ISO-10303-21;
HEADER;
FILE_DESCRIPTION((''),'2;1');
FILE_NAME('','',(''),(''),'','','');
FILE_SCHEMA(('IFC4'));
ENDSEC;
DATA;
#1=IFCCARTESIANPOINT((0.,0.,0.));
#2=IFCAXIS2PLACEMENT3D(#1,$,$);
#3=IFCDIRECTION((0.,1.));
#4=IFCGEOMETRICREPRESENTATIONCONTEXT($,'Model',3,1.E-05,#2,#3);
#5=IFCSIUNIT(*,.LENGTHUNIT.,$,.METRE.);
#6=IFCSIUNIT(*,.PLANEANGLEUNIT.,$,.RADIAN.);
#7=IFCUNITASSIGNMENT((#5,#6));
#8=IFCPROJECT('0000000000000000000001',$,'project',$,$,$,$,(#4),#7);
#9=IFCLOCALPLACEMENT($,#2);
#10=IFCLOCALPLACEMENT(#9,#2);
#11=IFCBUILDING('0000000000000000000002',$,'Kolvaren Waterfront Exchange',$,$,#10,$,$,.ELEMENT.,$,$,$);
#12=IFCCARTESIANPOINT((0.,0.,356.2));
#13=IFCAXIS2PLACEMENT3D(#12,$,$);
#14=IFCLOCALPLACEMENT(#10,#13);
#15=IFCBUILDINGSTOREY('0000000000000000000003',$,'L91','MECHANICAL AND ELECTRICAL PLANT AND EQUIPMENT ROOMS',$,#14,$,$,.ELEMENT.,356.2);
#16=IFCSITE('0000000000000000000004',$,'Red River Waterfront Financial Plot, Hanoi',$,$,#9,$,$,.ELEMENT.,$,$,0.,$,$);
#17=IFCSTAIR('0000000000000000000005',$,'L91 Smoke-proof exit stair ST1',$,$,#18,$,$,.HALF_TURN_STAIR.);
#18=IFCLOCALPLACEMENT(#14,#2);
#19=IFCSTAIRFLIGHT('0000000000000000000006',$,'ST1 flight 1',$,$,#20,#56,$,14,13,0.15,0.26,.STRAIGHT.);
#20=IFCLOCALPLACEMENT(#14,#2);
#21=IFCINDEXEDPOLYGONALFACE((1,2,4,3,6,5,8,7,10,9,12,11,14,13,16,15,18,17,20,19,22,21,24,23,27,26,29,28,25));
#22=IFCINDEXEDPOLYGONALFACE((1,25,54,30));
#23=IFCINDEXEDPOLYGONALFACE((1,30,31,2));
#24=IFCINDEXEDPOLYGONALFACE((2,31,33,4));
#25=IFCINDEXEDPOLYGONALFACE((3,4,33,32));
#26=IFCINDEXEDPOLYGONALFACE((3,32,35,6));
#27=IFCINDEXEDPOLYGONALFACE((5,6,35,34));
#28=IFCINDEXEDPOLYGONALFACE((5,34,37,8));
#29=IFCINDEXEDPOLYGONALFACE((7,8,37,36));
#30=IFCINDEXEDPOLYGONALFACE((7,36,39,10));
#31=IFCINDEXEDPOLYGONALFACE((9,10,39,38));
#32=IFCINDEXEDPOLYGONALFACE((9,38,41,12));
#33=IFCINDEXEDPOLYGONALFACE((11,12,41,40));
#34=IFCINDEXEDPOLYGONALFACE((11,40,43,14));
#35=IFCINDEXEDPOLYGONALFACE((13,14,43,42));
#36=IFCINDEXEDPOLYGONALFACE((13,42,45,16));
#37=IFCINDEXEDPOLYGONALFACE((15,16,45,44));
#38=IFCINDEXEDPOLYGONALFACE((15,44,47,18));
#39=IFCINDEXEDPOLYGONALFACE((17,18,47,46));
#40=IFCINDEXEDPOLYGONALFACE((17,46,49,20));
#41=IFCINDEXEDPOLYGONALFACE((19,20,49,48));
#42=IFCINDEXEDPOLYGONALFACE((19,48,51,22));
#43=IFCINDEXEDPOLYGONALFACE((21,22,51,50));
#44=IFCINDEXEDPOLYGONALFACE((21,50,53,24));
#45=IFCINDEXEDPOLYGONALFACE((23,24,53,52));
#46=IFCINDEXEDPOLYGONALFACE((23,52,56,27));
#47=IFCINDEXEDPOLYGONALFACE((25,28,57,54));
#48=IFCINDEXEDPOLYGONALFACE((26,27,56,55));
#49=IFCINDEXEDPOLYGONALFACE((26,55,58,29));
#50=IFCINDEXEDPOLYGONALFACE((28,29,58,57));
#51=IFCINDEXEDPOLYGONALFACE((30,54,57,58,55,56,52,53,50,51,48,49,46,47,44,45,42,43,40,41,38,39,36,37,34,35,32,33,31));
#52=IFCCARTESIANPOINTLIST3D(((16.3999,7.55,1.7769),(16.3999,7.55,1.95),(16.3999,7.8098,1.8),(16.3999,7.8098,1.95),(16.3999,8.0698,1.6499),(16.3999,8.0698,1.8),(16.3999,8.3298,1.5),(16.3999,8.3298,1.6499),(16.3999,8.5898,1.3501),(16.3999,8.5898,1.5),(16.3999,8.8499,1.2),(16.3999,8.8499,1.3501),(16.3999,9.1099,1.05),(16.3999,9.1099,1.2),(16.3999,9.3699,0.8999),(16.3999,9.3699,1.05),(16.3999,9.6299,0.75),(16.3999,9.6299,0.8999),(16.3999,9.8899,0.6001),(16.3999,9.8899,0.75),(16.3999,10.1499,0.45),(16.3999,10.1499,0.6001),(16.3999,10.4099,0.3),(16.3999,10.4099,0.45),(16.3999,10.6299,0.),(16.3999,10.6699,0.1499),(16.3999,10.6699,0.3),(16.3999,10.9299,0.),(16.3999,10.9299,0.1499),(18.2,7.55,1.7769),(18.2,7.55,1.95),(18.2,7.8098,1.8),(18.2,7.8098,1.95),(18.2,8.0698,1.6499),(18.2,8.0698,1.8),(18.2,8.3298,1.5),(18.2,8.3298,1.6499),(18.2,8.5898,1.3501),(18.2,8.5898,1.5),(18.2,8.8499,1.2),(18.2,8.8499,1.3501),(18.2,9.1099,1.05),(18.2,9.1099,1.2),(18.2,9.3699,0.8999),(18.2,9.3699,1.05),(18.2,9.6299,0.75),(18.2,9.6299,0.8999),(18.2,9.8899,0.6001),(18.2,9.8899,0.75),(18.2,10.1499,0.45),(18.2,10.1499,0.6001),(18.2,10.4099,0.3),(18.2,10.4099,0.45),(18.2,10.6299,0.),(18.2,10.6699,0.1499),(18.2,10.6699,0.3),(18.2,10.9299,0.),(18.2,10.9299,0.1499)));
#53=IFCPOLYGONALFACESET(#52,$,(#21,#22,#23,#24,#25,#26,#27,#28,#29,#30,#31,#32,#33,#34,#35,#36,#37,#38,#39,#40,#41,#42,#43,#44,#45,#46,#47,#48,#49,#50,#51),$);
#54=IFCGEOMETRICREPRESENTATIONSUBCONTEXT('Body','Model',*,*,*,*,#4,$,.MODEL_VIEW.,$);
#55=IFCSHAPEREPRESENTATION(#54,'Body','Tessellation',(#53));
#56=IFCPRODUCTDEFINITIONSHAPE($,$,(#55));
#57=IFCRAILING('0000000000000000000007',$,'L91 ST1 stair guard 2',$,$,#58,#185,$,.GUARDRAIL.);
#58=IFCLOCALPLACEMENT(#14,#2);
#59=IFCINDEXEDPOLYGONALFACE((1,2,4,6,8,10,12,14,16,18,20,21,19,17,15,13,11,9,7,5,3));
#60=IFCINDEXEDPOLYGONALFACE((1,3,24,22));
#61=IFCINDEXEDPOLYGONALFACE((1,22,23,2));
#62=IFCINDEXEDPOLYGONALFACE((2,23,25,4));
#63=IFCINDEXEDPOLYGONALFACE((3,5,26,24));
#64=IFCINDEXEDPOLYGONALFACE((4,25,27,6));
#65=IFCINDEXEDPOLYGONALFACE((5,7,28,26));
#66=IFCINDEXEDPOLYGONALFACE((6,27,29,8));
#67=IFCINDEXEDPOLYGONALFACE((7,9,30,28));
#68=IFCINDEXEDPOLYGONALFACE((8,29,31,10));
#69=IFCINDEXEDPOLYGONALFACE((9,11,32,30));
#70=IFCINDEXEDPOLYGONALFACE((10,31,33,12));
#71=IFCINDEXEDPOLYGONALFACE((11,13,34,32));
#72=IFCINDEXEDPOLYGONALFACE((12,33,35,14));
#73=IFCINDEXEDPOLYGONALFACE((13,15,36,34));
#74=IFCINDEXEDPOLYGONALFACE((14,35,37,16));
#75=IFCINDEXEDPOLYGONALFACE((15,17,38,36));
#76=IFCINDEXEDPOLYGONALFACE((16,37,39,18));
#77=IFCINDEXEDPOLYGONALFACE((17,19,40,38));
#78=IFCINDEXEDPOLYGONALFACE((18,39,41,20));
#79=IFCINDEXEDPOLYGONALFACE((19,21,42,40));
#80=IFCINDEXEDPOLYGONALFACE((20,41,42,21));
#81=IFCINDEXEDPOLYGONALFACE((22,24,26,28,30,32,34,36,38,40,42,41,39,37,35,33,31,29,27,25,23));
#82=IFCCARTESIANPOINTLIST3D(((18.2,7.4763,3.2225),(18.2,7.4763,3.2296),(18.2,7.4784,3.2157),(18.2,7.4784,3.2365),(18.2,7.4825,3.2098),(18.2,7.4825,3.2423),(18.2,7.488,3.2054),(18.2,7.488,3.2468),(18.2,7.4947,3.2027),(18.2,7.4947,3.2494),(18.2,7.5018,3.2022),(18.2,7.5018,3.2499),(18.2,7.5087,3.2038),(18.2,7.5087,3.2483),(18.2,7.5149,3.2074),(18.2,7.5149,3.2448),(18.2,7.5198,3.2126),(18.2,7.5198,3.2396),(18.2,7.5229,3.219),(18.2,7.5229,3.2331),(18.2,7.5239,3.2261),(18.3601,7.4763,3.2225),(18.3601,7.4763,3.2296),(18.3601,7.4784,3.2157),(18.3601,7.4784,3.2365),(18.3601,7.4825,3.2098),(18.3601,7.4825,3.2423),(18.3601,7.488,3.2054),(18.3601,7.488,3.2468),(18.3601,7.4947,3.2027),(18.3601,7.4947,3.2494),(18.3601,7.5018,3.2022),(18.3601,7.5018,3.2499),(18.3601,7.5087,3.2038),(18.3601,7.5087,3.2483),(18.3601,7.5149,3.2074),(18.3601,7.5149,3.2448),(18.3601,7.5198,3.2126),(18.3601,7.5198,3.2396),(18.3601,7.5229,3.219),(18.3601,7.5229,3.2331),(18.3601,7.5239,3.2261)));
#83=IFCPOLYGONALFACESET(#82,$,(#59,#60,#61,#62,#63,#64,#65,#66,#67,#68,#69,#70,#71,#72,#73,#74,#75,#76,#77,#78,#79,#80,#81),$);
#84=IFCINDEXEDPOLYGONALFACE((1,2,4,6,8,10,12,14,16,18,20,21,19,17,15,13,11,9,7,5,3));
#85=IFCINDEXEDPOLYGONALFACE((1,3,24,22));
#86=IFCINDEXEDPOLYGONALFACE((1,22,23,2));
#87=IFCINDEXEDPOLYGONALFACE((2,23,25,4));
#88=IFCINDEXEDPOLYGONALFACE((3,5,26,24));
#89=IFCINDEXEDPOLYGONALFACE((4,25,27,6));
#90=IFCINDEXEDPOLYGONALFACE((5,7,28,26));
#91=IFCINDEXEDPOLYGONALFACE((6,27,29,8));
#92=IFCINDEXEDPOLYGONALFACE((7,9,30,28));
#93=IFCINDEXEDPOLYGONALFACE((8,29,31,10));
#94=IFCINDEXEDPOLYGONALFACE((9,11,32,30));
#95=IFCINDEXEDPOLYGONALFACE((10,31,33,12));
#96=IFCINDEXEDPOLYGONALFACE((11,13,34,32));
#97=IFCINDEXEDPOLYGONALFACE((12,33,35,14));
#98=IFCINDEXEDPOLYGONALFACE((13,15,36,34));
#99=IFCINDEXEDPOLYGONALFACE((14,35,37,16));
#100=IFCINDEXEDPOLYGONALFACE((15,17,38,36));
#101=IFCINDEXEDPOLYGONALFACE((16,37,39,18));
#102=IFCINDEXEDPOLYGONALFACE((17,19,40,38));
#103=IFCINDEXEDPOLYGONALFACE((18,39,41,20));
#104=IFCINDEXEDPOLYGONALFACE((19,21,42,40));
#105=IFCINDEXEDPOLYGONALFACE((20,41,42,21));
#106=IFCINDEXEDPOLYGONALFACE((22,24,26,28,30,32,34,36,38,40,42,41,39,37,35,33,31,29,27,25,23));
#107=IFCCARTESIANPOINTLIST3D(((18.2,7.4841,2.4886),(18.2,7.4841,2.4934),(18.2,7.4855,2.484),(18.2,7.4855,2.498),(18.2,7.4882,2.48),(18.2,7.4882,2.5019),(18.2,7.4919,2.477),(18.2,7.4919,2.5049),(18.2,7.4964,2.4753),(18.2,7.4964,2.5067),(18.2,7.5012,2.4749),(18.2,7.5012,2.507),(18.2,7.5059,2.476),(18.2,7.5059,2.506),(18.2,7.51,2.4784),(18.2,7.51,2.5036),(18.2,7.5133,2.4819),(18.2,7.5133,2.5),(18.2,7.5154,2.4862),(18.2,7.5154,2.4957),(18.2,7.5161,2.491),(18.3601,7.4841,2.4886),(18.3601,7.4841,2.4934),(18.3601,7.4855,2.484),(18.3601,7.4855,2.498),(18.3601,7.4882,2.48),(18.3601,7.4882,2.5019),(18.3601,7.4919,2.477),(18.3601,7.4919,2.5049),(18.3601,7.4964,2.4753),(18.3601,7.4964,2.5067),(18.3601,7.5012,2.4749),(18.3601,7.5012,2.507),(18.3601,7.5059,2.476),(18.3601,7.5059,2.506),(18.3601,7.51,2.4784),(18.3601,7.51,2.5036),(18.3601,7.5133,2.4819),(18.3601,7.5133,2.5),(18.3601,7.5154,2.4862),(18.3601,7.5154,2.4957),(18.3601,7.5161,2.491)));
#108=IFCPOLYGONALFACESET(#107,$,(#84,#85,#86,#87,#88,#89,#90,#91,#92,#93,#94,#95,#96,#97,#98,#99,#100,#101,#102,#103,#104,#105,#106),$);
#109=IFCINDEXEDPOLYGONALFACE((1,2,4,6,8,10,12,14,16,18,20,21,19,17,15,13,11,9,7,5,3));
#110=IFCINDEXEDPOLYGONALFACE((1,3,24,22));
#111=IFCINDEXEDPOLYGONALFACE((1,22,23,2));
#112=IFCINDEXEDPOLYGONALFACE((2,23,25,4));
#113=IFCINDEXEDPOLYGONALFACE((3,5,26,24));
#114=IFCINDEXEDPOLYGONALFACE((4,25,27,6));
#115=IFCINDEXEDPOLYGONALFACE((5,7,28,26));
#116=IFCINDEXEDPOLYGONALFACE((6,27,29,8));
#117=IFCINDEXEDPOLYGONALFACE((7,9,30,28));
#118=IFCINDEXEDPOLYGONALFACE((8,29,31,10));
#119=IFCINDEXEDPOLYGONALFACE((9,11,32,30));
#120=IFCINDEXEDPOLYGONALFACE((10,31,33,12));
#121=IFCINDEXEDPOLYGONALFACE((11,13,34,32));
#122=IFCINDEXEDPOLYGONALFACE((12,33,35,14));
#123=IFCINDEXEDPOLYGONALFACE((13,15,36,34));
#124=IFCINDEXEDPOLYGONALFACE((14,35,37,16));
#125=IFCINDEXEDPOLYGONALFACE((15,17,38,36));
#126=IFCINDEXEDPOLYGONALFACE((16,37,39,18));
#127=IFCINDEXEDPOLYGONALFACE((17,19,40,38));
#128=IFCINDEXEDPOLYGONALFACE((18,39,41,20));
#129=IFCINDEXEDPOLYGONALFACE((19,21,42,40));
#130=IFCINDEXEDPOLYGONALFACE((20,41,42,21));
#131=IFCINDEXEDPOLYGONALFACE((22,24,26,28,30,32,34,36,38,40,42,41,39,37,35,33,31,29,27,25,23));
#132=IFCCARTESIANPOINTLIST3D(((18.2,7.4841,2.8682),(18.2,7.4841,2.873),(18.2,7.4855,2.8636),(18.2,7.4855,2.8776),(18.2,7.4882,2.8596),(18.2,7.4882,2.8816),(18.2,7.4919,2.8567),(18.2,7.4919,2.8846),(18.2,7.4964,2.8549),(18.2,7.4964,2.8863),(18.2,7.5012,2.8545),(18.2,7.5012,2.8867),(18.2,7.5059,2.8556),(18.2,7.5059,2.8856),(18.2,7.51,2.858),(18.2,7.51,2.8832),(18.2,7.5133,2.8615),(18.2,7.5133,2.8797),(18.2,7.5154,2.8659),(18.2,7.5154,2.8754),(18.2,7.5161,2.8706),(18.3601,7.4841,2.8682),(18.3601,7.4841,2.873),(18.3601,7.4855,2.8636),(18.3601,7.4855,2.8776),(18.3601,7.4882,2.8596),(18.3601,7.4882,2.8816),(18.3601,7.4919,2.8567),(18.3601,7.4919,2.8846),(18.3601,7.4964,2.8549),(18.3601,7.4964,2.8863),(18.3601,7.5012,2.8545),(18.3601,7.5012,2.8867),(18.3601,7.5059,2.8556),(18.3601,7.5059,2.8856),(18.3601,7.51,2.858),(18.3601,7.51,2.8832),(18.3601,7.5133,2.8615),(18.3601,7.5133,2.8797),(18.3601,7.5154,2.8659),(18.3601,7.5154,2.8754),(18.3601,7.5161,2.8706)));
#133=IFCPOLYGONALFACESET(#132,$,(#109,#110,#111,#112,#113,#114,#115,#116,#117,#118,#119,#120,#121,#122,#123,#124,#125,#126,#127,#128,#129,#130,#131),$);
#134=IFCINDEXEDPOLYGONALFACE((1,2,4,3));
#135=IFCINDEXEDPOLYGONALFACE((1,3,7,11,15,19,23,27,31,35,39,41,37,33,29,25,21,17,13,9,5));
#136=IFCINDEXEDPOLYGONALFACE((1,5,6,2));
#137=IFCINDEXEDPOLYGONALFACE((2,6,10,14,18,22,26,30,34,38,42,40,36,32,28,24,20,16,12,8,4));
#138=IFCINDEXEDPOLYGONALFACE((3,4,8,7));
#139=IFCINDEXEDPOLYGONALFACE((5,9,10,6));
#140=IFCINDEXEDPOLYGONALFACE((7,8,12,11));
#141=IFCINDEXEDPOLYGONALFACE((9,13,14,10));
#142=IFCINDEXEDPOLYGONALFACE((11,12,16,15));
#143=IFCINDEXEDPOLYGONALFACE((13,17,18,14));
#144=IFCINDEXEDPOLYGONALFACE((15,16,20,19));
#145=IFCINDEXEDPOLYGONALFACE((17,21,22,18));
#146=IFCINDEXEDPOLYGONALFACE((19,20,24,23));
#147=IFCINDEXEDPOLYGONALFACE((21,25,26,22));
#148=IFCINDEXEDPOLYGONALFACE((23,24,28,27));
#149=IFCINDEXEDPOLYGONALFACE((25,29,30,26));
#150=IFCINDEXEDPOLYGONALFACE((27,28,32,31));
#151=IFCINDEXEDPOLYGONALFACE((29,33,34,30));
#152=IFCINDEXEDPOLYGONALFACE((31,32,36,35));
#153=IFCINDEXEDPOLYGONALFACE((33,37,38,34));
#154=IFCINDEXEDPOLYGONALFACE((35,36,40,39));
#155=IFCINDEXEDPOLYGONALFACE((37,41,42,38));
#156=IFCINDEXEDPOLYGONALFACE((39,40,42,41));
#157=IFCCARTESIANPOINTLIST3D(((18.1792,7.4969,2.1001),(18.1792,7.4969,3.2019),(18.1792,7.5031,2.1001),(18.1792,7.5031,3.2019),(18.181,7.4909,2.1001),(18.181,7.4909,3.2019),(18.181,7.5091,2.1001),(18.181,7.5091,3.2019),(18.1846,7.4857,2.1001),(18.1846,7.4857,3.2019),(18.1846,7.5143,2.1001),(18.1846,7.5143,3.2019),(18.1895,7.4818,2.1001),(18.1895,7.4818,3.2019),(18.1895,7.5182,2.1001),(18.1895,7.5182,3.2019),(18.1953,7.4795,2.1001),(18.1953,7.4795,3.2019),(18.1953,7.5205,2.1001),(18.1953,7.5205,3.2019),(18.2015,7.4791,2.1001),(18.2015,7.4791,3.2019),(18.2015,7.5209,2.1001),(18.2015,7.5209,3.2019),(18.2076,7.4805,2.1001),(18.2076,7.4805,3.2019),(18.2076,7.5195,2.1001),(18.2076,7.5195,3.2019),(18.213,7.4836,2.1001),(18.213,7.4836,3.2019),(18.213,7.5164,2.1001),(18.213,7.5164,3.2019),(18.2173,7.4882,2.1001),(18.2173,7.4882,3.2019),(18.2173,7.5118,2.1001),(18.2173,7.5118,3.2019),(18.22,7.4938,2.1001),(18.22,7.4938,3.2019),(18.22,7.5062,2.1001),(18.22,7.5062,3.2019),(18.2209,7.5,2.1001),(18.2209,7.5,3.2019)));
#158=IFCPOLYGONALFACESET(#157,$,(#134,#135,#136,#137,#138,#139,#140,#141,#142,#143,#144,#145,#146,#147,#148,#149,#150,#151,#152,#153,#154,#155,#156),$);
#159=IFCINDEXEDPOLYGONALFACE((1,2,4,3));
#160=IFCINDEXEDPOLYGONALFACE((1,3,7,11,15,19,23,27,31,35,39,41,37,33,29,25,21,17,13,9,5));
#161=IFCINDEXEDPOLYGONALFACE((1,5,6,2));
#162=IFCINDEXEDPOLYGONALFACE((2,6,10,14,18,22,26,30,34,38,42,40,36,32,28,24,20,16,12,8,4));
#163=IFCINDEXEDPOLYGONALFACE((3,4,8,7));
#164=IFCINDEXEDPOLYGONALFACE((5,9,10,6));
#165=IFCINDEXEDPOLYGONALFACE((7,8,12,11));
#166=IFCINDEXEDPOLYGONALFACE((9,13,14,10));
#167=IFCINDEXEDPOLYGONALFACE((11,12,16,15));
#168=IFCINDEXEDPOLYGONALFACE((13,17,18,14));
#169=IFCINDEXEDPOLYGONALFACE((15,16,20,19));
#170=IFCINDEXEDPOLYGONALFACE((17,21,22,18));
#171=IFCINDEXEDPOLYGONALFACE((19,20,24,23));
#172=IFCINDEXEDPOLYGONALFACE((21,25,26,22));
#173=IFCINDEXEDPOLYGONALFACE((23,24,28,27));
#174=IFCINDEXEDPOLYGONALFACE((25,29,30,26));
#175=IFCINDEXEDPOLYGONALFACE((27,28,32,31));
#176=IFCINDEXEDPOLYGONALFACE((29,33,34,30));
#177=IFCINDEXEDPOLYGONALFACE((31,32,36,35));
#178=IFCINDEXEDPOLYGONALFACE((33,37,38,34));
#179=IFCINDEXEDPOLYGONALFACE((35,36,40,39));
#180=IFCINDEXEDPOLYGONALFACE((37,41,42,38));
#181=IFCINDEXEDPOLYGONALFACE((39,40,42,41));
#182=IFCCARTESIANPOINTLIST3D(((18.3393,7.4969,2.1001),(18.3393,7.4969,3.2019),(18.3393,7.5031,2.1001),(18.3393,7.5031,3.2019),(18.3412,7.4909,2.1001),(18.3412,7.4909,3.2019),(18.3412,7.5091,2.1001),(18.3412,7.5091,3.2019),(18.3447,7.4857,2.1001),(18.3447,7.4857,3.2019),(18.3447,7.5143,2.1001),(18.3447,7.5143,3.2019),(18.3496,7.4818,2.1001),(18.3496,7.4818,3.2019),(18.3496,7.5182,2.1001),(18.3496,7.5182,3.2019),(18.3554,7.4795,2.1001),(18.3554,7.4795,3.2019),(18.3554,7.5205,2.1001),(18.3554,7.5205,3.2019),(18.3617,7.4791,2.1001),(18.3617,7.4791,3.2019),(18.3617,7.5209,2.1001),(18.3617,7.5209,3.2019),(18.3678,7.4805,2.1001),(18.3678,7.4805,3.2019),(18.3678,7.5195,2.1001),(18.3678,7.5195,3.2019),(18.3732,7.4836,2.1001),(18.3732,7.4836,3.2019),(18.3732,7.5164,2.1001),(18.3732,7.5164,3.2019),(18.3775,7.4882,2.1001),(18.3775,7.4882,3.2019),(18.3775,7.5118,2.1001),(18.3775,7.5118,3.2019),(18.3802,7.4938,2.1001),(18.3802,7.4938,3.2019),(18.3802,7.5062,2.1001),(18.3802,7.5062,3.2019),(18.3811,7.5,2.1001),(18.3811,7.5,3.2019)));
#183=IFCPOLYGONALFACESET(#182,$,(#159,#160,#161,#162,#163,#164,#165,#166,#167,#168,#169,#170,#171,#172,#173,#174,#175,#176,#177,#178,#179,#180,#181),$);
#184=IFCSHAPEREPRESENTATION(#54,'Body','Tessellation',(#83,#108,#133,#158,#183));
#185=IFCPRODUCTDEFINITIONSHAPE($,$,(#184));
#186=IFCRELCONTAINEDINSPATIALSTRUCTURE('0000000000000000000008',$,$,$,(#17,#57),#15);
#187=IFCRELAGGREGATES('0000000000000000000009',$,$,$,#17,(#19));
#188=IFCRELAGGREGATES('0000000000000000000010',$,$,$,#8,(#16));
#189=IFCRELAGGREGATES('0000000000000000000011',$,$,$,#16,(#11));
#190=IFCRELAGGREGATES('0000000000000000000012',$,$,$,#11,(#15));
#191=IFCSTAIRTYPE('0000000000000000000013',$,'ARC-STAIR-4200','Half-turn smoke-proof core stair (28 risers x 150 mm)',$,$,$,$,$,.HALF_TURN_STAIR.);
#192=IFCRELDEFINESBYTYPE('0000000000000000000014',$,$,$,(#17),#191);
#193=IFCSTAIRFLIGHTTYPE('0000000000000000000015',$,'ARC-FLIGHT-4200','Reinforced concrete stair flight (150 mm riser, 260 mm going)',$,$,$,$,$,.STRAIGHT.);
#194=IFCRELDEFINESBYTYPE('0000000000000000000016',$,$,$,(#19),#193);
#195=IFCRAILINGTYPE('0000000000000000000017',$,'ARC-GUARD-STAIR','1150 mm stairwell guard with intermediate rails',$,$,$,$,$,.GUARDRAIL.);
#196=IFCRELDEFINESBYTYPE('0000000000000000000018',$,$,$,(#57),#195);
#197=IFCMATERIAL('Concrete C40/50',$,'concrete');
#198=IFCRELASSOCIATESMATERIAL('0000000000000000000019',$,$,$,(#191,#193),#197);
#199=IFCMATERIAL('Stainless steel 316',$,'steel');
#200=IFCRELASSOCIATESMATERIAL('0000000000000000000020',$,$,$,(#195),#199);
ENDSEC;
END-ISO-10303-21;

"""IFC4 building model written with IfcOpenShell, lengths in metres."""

from ifc_helpers import new_model, si_unit, direction, frame, origin, origin_2d, place, context, subcontext, project, spatial, polyline, circle, outline, extrude, material, type_object, element, aggregate, save


model = new_model("IFC4")

# Units and contexts
model_context = context("Model", 3, precision=1e-05, world=origin(), true_north=direction((0.0, 1.0)))
body_context = subcontext(model_context, "Body", "Model", "MODEL_VIEW")
ifc_project = project(units=[si_unit("LENGTHUNIT", "METRE"), si_unit("PLANEANGLEUNIT", "RADIAN")], contexts=[model_context])

# Site, building, storey
site_placement = place(None, origin())
site = spatial("IfcSite", under=ifc_project, at=site_placement, Name="Red River Waterfront Financial Plot, Hanoi", CompositionType="ELEMENT", RefElevation=0.0)
building_placement = place(site_placement, origin())
building = spatial("IfcBuilding", under=site, at=building_placement, Name="Kolvaren Waterfront Exchange", CompositionType="ELEMENT")
storey_placement = place(building_placement, frame((0.0, 0.0, 356.2)))
storey = spatial("IfcBuildingStorey", under=building, at=storey_placement, Name="L91", Description="MECHANICAL AND ELECTRICAL PLANT AND EQUIPMENT ROOMS", CompositionType="ELEMENT", Elevation=356.2)

# Shared definitions
ifc_material_1 = material(Name="Concrete C40/50", Category="concrete")

# Stair, stair flight
stair_type = type_object("IfcStairType", Name="ARC-STAIR-4200", Description="Half-turn smoke-proof core stair (28 risers x 150 mm)", PredefinedType="HALF_TURN_STAIR", material=ifc_material_1)
stair_placement = place(storey_placement, origin())
stair = element("IfcStair", 1, at=stair_placement, inside=storey, type_object=stair_type, Name="L91 Smoke-proof exit stair ST1", PredefinedType="HALF_TURN_STAIR")
stair_flight_type = type_object("IfcStairFlightType", Name="ARC-FLIGHT-4200", Description="Reinforced concrete stair flight (150 mm riser, 260 mm going)", PredefinedType="STRAIGHT", material=ifc_material_1)
stair_flight_placement = place(storey_placement, frame((17.3, 10.9299, 0.0), z_axis=(0.0, 0.0, 1.0), x_axis=(0.0, -1.0, 0.0)))
stair_flight = element("IfcStairFlight", 2, at=stair_flight_placement, type_object=stair_flight_type, Name="ST1 flight 1", NumberOfRisers=14, NumberOfTreads=13, PredefinedType="STRAIGHT", RiserHeight=0.15, TreadLength=0.26, context=body_context, shape_type="SweptSolid", body=[
    extrude(outline(polyline([(0.0, 0.0), (0.0, 0.1499), (0.26, 0.1499), (0.26, 0.3), (0.52, 0.3), (0.52, 0.45), (0.78, 0.45), (0.78, 0.6001), (1.04, 0.6001), (1.04, 0.75), (1.3, 0.75), (1.3, 0.8999), (1.5601, 0.8999), (1.5601, 1.05), (1.8201, 1.05), (1.8201, 1.2), (2.0801, 1.2), (2.0801, 1.3501), (2.3401, 1.3501), (2.3401, 1.5), (2.6001, 1.5), (2.6001, 1.6499), (2.8601, 1.6499), (2.8601, 1.8), (3.1201, 1.8), (3.1201, 1.95), (3.3799, 1.95), (3.3799, 2.1001), (3.3799, 1.7769), (0.3, 0.0), (0.0, 0.0)])), frame((0.0, 0.8999, 0.0), z_axis=(0.0, -1.0, 0.0), x_axis=(1.0, 0.0, 0.0)), (0.0, 0.0, 1.0), 1.8),
])
aggregate(stair, [stair_flight])

# Railing
ifc_material_2 = material(Name="Stainless steel 316", Category="steel")
railing_type_1 = type_object("IfcRailingType", Name="ARC-GUARD-STAIR", Description="1150 mm stairwell guard with intermediate rails", PredefinedType="GUARDRAIL", material=ifc_material_2)
for number, where, name in (
    (3, (18.2, 7.5, 2.1001), "L91 ST1 stair guard 2"),
):
    element("IfcRailing", number, at=place(storey_placement, frame(where)), inside=storey, type_object=railing_type_1, Name=name, PredefinedType="GUARDRAIL", context=body_context, shape_type="SweptSolid", body=[
        extrude(circle(Radius=0.0239, at=origin_2d()), frame((0.0, 0.0, 1.126), z_axis=(1.0, 0.0, 0.0), x_axis=(0.0, 1.0, 0.0)), (0.0, 0.0, 1.0), 0.1602),
        extrude(circle(Radius=0.0161, at=origin_2d()), frame((0.0, 0.0, 0.3909), z_axis=(1.0, 0.0, 0.0), x_axis=(0.0, 1.0, 0.0)), (0.0, 0.0, 1.0), 0.1602),
        extrude(circle(Radius=0.0161, at=origin_2d()), frame((0.0, 0.0, 0.7705), z_axis=(1.0, 0.0, 0.0), x_axis=(0.0, 1.0, 0.0)), (0.0, 0.0, 1.0), 0.1602),
        extrude(circle(Radius=0.021, at=origin_2d()), origin(), (0.0, 0.0, 1.0), 1.1018),
        extrude(circle(Radius=0.021, at=origin_2d()), frame((0.1602, 0.0, 0.0)), (0.0, 0.0, 1.0), 1.1018),
    ])

save(model, "model.ifc")
